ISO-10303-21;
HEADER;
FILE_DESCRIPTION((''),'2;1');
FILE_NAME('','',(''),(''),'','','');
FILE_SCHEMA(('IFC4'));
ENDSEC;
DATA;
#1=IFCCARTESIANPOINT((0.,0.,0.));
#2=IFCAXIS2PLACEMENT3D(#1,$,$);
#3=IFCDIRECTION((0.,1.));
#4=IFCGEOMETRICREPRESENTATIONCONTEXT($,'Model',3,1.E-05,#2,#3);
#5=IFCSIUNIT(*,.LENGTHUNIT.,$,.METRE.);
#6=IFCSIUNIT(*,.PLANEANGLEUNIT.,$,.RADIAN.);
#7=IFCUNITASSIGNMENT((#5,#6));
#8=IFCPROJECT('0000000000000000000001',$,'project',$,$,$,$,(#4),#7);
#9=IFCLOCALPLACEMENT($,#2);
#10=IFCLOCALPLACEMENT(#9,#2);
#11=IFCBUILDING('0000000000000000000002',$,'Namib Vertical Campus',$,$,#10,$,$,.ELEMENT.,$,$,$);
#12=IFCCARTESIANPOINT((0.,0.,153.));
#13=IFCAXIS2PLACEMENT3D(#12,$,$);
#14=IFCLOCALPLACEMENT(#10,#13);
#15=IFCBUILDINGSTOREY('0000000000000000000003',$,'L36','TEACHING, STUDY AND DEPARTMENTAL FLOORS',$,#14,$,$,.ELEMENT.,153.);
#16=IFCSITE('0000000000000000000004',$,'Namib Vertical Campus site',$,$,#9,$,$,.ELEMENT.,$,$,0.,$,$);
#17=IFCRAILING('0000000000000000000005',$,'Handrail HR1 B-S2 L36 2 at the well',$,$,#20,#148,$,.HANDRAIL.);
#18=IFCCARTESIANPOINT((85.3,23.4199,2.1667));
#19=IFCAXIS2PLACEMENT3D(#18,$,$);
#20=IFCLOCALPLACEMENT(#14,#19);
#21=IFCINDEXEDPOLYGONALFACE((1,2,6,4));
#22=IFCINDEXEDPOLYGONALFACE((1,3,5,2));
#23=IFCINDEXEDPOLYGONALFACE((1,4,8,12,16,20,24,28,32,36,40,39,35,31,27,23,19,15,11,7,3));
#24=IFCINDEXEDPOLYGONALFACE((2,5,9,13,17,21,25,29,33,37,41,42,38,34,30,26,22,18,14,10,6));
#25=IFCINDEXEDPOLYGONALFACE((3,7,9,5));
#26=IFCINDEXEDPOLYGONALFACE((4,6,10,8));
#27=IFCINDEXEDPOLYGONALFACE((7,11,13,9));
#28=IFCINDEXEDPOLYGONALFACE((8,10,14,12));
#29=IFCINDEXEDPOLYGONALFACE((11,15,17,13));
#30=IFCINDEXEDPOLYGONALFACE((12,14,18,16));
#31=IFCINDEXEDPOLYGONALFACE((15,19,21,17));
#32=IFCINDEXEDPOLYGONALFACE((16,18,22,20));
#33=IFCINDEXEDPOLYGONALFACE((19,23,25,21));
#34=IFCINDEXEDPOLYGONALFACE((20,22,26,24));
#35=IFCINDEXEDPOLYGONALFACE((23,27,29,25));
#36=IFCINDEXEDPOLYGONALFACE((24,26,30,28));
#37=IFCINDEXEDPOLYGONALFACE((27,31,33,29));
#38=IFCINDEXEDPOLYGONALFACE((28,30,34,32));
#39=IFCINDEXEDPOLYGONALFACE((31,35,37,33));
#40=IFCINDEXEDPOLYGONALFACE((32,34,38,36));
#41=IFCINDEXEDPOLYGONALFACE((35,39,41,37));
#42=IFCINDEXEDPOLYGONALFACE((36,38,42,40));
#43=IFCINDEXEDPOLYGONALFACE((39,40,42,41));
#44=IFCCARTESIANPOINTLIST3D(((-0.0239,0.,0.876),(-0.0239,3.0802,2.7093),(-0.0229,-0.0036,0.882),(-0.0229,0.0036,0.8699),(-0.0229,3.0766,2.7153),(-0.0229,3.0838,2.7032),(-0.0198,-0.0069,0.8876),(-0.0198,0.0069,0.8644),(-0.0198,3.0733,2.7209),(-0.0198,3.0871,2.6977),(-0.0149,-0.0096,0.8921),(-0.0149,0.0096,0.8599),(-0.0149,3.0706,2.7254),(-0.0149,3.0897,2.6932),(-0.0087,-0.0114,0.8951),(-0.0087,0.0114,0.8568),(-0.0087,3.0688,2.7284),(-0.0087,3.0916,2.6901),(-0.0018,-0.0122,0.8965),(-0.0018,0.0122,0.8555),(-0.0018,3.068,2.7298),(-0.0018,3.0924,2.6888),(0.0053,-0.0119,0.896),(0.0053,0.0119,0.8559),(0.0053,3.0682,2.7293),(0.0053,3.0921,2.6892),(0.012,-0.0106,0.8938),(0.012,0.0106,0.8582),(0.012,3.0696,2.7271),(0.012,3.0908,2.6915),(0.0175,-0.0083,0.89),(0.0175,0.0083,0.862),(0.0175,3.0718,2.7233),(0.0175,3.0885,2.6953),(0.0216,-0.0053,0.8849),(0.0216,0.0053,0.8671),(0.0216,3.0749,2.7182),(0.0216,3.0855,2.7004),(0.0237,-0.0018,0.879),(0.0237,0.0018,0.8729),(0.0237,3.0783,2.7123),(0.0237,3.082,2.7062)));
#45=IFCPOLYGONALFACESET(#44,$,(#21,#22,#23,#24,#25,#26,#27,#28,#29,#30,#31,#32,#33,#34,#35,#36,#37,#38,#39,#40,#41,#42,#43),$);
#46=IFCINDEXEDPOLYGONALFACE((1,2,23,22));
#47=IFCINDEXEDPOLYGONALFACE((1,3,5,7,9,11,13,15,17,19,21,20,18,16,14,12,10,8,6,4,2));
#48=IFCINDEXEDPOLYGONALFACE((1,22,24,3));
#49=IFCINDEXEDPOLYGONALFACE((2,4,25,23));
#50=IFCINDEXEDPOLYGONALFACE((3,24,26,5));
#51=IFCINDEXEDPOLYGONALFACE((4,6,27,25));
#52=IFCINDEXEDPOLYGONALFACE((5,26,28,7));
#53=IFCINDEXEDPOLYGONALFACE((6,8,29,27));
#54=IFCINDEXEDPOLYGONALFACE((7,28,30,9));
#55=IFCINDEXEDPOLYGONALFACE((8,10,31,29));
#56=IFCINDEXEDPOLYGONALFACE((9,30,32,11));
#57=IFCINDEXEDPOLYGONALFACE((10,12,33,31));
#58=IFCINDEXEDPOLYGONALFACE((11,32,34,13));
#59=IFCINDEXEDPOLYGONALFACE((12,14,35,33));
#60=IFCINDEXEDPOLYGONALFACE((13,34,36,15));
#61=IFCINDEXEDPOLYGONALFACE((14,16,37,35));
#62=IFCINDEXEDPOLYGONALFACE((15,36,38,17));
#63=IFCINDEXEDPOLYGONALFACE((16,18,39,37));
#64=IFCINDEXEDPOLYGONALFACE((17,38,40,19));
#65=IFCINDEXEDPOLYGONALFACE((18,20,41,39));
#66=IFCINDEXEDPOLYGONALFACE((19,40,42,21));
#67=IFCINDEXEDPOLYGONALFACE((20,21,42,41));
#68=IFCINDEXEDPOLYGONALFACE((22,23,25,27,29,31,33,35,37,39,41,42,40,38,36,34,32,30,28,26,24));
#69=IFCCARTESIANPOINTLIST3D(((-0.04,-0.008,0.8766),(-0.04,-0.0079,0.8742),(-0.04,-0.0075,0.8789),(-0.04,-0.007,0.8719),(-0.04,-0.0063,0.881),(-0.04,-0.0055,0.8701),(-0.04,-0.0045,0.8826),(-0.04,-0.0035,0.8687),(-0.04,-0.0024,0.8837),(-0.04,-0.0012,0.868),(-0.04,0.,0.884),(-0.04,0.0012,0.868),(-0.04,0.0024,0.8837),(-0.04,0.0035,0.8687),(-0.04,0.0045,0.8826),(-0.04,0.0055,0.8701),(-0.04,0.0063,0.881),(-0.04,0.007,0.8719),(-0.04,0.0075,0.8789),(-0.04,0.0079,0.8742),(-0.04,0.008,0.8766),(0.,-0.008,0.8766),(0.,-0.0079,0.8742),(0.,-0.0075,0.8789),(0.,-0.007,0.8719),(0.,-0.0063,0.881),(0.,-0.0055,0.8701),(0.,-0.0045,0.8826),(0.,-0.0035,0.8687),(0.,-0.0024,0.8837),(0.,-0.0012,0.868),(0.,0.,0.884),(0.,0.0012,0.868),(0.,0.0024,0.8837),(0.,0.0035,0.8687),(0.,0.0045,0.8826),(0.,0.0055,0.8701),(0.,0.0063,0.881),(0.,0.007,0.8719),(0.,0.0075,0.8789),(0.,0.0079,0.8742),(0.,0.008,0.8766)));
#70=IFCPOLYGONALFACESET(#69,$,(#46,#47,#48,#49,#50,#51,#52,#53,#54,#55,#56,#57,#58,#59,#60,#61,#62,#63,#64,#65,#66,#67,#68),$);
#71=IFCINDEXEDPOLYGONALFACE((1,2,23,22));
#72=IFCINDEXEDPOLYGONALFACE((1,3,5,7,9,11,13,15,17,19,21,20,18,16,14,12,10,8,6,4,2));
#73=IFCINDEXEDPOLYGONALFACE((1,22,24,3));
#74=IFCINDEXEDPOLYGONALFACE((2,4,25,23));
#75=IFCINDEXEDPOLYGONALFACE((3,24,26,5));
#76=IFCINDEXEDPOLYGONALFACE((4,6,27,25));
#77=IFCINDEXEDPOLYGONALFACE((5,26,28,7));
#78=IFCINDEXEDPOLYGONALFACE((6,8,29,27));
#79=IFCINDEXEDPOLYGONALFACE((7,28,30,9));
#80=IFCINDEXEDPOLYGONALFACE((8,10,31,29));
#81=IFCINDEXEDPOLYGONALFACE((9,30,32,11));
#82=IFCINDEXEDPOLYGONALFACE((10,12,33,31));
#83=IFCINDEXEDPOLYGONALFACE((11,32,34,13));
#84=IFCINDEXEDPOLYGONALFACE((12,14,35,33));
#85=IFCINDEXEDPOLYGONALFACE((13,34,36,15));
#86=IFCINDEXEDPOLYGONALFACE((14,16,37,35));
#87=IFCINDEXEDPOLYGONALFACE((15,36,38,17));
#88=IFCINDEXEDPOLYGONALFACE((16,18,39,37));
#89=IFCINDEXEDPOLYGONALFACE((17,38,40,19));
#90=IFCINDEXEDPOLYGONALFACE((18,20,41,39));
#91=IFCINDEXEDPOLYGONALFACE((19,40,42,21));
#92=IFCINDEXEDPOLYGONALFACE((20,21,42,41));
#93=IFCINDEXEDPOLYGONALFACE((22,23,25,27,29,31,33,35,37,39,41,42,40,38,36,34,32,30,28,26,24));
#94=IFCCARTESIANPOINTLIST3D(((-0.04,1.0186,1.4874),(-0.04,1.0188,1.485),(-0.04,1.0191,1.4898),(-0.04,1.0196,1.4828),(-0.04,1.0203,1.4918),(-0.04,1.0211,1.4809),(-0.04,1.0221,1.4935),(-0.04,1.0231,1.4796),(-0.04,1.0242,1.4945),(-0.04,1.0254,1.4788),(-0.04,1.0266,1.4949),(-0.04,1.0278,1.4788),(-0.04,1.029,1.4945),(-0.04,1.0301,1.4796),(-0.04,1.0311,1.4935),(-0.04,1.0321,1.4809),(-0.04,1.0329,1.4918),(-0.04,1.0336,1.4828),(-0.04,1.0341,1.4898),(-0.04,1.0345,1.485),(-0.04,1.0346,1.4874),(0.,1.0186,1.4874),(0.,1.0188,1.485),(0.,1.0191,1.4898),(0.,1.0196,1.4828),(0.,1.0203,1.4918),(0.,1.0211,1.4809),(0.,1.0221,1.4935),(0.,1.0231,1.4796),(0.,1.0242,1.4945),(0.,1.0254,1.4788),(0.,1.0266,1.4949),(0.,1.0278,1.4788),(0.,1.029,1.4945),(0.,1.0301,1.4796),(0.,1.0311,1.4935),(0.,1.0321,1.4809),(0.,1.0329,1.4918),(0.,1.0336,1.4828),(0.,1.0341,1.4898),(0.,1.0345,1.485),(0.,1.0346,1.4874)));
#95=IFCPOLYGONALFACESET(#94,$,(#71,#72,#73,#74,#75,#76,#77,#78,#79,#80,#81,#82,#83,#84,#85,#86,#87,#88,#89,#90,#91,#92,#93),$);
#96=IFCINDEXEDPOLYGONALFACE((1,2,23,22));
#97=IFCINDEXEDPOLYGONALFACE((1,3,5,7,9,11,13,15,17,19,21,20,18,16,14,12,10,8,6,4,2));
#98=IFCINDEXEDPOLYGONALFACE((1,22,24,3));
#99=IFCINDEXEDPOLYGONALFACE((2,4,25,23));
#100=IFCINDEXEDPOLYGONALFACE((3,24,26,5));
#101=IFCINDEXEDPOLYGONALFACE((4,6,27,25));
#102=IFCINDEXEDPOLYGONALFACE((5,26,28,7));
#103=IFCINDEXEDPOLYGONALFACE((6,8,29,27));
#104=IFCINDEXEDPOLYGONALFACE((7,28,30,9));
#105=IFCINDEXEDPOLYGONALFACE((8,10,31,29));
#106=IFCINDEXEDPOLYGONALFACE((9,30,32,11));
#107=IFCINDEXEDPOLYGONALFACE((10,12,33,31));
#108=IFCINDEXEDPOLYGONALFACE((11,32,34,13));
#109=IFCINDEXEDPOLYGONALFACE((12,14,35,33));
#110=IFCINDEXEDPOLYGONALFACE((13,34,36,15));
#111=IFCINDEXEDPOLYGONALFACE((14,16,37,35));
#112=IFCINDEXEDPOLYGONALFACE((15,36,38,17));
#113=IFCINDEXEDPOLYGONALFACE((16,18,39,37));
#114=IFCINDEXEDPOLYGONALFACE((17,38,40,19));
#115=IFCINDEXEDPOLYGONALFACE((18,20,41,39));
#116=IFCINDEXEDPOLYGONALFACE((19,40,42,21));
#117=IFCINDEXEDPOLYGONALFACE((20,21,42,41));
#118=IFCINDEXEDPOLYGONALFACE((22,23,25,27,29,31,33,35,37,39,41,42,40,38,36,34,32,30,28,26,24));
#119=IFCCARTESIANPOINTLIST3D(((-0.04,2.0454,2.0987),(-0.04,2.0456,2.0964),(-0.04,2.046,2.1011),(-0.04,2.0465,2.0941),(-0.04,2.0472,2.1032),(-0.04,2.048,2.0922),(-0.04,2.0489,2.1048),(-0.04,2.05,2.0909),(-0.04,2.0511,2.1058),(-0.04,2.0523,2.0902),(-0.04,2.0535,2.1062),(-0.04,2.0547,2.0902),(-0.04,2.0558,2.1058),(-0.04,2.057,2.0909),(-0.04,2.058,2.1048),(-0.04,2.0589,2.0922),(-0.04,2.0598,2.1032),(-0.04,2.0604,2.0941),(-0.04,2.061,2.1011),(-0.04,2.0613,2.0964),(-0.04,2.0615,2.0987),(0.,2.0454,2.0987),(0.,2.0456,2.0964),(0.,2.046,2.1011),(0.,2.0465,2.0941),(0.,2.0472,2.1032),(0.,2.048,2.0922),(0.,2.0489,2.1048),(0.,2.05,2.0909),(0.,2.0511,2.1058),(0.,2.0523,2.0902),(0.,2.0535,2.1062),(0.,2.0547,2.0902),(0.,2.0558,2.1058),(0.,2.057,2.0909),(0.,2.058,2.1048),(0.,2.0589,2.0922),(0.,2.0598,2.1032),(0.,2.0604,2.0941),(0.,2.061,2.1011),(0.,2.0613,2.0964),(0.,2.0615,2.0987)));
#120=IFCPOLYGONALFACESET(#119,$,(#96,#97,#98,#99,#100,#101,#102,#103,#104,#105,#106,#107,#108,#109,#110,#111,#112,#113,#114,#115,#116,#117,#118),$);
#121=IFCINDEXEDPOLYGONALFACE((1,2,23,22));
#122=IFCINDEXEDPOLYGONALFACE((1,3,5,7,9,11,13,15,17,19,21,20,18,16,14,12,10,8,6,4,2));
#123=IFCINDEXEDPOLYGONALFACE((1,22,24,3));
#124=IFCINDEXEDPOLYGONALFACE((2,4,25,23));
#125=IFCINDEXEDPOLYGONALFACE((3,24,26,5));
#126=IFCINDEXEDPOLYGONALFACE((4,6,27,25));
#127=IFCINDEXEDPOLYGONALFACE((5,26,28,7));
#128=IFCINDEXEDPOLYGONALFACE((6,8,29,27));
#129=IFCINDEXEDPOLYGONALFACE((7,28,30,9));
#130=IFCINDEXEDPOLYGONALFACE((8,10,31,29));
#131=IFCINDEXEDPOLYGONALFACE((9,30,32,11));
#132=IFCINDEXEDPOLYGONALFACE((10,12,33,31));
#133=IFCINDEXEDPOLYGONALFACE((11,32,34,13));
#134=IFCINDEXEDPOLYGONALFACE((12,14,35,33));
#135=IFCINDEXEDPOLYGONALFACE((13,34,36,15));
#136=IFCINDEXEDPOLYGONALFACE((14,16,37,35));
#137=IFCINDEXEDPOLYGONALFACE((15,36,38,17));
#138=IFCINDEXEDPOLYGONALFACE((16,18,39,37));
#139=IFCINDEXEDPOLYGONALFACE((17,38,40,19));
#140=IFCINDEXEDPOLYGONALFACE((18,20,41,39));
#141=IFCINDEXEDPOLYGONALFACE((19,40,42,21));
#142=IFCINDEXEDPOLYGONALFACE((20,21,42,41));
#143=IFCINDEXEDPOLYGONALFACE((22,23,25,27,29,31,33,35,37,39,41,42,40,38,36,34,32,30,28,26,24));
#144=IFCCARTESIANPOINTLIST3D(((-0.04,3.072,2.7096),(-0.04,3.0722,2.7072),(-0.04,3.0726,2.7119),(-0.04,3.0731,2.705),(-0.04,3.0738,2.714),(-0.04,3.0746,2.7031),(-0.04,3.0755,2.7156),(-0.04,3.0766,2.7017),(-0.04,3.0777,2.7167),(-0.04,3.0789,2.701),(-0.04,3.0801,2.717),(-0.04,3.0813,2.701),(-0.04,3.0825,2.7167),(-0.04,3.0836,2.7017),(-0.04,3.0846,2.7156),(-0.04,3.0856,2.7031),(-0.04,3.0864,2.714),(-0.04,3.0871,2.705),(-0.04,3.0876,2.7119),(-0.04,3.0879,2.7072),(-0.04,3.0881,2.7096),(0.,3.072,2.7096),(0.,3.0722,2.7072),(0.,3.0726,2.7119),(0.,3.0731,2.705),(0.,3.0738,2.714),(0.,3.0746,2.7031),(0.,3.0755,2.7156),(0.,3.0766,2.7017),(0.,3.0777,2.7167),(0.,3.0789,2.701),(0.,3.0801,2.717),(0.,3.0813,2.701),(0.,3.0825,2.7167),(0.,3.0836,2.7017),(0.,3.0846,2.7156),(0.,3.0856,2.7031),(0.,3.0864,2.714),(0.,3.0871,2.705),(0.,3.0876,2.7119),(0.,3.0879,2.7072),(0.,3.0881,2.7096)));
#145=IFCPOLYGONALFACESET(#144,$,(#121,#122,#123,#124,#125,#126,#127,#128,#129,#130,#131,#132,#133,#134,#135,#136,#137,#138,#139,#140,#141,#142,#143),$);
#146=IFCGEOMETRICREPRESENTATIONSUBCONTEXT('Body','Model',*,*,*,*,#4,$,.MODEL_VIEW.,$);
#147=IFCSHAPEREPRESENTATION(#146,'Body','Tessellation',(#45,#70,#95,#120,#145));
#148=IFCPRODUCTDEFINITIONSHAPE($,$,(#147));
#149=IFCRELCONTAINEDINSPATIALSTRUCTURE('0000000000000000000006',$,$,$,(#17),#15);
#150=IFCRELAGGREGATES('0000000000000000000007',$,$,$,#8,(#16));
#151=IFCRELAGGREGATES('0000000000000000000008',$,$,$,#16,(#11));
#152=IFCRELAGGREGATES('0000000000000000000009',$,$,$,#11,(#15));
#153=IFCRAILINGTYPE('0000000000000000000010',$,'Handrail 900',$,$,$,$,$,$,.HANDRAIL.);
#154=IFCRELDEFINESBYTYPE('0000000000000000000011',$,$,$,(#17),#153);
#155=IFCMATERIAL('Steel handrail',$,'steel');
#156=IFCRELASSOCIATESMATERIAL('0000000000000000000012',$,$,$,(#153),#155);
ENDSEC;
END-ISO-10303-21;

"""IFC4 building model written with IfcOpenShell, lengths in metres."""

from ifc_helpers import new_model, si_unit, direction, frame, origin, origin_2d, place, context, subcontext, project, spatial, circle, extrude, material, type_object, element, save


model = new_model("IFC4")

# Units and contexts
model_context = context("Model", 3, precision=1e-05, world=origin(), true_north=direction((0.0, 1.0)))
body_context = subcontext(model_context, "Body", "Model", "MODEL_VIEW")
ifc_project = project(units=[si_unit("LENGTHUNIT", "METRE"), si_unit("PLANEANGLEUNIT", "RADIAN")], contexts=[model_context])

# Site, building, storey
site_placement = place(None, origin())
site = spatial("IfcSite", under=ifc_project, at=site_placement, Name="Namib Vertical Campus site", CompositionType="ELEMENT", RefElevation=0.0)
building_placement = place(site_placement, origin())
building = spatial("IfcBuilding", under=site, at=building_placement, Name="Namib Vertical Campus", CompositionType="ELEMENT")
storey_placement = place(building_placement, frame((0.0, 0.0, 153.0)))
storey = spatial("IfcBuildingStorey", under=building, at=storey_placement, Name="L36", Description="TEACHING, STUDY AND DEPARTMENTAL FLOORS", CompositionType="ELEMENT", Elevation=153.0)

# Railing
ifc_material_1 = material(Name="Steel handrail", Category="steel")
railing_type_1 = type_object("IfcRailingType", Name="Handrail 900", PredefinedType="HANDRAIL", material=ifc_material_1)
railing_1_placement = place(storey_placement, frame((85.3, 23.4199, 2.1667)))
element("IfcRailing", 1, at=railing_1_placement, inside=storey, type_object=railing_type_1, Name="Handrail HR1 B-S2 L36 2 at the well", PredefinedType="HANDRAIL", context=body_context, shape_type="SweptSolid", body=[
    extrude(circle(Radius=0.0239, at=origin_2d()), frame((0.0, 0.0, 0.876), z_axis=(0.0, 0.859309, 0.511458), x_axis=(-1.0, 0.0, 0.0)), (0.0, 0.0, 1.0), 3.5845),
    extrude(circle(Radius=0.0081, at=origin_2d()), frame((0.0, 0.0, 0.876), z_axis=(-1.0, 0.0, 0.0), x_axis=(0.0, 0.0, 1.0)), (0.0, 0.0, 1.0), 0.04),
    extrude(circle(Radius=0.0081, at=origin_2d()), frame((0.0, 1.0266, 1.4868), z_axis=(-1.0, 0.0, 0.0), x_axis=(0.0, 0.0, 1.0)), (0.0, 0.0, 1.0), 0.04),
    extrude(circle(Radius=0.0081, at=origin_2d()), frame((0.0, 2.0535, 2.0981), z_axis=(-1.0, 0.0, 0.0), x_axis=(0.0, 0.0, 1.0)), (0.0, 0.0, 1.0), 0.04),
    extrude(circle(Radius=0.0081, at=origin_2d()), frame((0.0, 3.0801, 2.709), z_axis=(-1.0, 0.0, 0.0), x_axis=(0.0, 0.0, 1.0)), (0.0, 0.0, 1.0), 0.04),
])

save(model, "model.ifc")
